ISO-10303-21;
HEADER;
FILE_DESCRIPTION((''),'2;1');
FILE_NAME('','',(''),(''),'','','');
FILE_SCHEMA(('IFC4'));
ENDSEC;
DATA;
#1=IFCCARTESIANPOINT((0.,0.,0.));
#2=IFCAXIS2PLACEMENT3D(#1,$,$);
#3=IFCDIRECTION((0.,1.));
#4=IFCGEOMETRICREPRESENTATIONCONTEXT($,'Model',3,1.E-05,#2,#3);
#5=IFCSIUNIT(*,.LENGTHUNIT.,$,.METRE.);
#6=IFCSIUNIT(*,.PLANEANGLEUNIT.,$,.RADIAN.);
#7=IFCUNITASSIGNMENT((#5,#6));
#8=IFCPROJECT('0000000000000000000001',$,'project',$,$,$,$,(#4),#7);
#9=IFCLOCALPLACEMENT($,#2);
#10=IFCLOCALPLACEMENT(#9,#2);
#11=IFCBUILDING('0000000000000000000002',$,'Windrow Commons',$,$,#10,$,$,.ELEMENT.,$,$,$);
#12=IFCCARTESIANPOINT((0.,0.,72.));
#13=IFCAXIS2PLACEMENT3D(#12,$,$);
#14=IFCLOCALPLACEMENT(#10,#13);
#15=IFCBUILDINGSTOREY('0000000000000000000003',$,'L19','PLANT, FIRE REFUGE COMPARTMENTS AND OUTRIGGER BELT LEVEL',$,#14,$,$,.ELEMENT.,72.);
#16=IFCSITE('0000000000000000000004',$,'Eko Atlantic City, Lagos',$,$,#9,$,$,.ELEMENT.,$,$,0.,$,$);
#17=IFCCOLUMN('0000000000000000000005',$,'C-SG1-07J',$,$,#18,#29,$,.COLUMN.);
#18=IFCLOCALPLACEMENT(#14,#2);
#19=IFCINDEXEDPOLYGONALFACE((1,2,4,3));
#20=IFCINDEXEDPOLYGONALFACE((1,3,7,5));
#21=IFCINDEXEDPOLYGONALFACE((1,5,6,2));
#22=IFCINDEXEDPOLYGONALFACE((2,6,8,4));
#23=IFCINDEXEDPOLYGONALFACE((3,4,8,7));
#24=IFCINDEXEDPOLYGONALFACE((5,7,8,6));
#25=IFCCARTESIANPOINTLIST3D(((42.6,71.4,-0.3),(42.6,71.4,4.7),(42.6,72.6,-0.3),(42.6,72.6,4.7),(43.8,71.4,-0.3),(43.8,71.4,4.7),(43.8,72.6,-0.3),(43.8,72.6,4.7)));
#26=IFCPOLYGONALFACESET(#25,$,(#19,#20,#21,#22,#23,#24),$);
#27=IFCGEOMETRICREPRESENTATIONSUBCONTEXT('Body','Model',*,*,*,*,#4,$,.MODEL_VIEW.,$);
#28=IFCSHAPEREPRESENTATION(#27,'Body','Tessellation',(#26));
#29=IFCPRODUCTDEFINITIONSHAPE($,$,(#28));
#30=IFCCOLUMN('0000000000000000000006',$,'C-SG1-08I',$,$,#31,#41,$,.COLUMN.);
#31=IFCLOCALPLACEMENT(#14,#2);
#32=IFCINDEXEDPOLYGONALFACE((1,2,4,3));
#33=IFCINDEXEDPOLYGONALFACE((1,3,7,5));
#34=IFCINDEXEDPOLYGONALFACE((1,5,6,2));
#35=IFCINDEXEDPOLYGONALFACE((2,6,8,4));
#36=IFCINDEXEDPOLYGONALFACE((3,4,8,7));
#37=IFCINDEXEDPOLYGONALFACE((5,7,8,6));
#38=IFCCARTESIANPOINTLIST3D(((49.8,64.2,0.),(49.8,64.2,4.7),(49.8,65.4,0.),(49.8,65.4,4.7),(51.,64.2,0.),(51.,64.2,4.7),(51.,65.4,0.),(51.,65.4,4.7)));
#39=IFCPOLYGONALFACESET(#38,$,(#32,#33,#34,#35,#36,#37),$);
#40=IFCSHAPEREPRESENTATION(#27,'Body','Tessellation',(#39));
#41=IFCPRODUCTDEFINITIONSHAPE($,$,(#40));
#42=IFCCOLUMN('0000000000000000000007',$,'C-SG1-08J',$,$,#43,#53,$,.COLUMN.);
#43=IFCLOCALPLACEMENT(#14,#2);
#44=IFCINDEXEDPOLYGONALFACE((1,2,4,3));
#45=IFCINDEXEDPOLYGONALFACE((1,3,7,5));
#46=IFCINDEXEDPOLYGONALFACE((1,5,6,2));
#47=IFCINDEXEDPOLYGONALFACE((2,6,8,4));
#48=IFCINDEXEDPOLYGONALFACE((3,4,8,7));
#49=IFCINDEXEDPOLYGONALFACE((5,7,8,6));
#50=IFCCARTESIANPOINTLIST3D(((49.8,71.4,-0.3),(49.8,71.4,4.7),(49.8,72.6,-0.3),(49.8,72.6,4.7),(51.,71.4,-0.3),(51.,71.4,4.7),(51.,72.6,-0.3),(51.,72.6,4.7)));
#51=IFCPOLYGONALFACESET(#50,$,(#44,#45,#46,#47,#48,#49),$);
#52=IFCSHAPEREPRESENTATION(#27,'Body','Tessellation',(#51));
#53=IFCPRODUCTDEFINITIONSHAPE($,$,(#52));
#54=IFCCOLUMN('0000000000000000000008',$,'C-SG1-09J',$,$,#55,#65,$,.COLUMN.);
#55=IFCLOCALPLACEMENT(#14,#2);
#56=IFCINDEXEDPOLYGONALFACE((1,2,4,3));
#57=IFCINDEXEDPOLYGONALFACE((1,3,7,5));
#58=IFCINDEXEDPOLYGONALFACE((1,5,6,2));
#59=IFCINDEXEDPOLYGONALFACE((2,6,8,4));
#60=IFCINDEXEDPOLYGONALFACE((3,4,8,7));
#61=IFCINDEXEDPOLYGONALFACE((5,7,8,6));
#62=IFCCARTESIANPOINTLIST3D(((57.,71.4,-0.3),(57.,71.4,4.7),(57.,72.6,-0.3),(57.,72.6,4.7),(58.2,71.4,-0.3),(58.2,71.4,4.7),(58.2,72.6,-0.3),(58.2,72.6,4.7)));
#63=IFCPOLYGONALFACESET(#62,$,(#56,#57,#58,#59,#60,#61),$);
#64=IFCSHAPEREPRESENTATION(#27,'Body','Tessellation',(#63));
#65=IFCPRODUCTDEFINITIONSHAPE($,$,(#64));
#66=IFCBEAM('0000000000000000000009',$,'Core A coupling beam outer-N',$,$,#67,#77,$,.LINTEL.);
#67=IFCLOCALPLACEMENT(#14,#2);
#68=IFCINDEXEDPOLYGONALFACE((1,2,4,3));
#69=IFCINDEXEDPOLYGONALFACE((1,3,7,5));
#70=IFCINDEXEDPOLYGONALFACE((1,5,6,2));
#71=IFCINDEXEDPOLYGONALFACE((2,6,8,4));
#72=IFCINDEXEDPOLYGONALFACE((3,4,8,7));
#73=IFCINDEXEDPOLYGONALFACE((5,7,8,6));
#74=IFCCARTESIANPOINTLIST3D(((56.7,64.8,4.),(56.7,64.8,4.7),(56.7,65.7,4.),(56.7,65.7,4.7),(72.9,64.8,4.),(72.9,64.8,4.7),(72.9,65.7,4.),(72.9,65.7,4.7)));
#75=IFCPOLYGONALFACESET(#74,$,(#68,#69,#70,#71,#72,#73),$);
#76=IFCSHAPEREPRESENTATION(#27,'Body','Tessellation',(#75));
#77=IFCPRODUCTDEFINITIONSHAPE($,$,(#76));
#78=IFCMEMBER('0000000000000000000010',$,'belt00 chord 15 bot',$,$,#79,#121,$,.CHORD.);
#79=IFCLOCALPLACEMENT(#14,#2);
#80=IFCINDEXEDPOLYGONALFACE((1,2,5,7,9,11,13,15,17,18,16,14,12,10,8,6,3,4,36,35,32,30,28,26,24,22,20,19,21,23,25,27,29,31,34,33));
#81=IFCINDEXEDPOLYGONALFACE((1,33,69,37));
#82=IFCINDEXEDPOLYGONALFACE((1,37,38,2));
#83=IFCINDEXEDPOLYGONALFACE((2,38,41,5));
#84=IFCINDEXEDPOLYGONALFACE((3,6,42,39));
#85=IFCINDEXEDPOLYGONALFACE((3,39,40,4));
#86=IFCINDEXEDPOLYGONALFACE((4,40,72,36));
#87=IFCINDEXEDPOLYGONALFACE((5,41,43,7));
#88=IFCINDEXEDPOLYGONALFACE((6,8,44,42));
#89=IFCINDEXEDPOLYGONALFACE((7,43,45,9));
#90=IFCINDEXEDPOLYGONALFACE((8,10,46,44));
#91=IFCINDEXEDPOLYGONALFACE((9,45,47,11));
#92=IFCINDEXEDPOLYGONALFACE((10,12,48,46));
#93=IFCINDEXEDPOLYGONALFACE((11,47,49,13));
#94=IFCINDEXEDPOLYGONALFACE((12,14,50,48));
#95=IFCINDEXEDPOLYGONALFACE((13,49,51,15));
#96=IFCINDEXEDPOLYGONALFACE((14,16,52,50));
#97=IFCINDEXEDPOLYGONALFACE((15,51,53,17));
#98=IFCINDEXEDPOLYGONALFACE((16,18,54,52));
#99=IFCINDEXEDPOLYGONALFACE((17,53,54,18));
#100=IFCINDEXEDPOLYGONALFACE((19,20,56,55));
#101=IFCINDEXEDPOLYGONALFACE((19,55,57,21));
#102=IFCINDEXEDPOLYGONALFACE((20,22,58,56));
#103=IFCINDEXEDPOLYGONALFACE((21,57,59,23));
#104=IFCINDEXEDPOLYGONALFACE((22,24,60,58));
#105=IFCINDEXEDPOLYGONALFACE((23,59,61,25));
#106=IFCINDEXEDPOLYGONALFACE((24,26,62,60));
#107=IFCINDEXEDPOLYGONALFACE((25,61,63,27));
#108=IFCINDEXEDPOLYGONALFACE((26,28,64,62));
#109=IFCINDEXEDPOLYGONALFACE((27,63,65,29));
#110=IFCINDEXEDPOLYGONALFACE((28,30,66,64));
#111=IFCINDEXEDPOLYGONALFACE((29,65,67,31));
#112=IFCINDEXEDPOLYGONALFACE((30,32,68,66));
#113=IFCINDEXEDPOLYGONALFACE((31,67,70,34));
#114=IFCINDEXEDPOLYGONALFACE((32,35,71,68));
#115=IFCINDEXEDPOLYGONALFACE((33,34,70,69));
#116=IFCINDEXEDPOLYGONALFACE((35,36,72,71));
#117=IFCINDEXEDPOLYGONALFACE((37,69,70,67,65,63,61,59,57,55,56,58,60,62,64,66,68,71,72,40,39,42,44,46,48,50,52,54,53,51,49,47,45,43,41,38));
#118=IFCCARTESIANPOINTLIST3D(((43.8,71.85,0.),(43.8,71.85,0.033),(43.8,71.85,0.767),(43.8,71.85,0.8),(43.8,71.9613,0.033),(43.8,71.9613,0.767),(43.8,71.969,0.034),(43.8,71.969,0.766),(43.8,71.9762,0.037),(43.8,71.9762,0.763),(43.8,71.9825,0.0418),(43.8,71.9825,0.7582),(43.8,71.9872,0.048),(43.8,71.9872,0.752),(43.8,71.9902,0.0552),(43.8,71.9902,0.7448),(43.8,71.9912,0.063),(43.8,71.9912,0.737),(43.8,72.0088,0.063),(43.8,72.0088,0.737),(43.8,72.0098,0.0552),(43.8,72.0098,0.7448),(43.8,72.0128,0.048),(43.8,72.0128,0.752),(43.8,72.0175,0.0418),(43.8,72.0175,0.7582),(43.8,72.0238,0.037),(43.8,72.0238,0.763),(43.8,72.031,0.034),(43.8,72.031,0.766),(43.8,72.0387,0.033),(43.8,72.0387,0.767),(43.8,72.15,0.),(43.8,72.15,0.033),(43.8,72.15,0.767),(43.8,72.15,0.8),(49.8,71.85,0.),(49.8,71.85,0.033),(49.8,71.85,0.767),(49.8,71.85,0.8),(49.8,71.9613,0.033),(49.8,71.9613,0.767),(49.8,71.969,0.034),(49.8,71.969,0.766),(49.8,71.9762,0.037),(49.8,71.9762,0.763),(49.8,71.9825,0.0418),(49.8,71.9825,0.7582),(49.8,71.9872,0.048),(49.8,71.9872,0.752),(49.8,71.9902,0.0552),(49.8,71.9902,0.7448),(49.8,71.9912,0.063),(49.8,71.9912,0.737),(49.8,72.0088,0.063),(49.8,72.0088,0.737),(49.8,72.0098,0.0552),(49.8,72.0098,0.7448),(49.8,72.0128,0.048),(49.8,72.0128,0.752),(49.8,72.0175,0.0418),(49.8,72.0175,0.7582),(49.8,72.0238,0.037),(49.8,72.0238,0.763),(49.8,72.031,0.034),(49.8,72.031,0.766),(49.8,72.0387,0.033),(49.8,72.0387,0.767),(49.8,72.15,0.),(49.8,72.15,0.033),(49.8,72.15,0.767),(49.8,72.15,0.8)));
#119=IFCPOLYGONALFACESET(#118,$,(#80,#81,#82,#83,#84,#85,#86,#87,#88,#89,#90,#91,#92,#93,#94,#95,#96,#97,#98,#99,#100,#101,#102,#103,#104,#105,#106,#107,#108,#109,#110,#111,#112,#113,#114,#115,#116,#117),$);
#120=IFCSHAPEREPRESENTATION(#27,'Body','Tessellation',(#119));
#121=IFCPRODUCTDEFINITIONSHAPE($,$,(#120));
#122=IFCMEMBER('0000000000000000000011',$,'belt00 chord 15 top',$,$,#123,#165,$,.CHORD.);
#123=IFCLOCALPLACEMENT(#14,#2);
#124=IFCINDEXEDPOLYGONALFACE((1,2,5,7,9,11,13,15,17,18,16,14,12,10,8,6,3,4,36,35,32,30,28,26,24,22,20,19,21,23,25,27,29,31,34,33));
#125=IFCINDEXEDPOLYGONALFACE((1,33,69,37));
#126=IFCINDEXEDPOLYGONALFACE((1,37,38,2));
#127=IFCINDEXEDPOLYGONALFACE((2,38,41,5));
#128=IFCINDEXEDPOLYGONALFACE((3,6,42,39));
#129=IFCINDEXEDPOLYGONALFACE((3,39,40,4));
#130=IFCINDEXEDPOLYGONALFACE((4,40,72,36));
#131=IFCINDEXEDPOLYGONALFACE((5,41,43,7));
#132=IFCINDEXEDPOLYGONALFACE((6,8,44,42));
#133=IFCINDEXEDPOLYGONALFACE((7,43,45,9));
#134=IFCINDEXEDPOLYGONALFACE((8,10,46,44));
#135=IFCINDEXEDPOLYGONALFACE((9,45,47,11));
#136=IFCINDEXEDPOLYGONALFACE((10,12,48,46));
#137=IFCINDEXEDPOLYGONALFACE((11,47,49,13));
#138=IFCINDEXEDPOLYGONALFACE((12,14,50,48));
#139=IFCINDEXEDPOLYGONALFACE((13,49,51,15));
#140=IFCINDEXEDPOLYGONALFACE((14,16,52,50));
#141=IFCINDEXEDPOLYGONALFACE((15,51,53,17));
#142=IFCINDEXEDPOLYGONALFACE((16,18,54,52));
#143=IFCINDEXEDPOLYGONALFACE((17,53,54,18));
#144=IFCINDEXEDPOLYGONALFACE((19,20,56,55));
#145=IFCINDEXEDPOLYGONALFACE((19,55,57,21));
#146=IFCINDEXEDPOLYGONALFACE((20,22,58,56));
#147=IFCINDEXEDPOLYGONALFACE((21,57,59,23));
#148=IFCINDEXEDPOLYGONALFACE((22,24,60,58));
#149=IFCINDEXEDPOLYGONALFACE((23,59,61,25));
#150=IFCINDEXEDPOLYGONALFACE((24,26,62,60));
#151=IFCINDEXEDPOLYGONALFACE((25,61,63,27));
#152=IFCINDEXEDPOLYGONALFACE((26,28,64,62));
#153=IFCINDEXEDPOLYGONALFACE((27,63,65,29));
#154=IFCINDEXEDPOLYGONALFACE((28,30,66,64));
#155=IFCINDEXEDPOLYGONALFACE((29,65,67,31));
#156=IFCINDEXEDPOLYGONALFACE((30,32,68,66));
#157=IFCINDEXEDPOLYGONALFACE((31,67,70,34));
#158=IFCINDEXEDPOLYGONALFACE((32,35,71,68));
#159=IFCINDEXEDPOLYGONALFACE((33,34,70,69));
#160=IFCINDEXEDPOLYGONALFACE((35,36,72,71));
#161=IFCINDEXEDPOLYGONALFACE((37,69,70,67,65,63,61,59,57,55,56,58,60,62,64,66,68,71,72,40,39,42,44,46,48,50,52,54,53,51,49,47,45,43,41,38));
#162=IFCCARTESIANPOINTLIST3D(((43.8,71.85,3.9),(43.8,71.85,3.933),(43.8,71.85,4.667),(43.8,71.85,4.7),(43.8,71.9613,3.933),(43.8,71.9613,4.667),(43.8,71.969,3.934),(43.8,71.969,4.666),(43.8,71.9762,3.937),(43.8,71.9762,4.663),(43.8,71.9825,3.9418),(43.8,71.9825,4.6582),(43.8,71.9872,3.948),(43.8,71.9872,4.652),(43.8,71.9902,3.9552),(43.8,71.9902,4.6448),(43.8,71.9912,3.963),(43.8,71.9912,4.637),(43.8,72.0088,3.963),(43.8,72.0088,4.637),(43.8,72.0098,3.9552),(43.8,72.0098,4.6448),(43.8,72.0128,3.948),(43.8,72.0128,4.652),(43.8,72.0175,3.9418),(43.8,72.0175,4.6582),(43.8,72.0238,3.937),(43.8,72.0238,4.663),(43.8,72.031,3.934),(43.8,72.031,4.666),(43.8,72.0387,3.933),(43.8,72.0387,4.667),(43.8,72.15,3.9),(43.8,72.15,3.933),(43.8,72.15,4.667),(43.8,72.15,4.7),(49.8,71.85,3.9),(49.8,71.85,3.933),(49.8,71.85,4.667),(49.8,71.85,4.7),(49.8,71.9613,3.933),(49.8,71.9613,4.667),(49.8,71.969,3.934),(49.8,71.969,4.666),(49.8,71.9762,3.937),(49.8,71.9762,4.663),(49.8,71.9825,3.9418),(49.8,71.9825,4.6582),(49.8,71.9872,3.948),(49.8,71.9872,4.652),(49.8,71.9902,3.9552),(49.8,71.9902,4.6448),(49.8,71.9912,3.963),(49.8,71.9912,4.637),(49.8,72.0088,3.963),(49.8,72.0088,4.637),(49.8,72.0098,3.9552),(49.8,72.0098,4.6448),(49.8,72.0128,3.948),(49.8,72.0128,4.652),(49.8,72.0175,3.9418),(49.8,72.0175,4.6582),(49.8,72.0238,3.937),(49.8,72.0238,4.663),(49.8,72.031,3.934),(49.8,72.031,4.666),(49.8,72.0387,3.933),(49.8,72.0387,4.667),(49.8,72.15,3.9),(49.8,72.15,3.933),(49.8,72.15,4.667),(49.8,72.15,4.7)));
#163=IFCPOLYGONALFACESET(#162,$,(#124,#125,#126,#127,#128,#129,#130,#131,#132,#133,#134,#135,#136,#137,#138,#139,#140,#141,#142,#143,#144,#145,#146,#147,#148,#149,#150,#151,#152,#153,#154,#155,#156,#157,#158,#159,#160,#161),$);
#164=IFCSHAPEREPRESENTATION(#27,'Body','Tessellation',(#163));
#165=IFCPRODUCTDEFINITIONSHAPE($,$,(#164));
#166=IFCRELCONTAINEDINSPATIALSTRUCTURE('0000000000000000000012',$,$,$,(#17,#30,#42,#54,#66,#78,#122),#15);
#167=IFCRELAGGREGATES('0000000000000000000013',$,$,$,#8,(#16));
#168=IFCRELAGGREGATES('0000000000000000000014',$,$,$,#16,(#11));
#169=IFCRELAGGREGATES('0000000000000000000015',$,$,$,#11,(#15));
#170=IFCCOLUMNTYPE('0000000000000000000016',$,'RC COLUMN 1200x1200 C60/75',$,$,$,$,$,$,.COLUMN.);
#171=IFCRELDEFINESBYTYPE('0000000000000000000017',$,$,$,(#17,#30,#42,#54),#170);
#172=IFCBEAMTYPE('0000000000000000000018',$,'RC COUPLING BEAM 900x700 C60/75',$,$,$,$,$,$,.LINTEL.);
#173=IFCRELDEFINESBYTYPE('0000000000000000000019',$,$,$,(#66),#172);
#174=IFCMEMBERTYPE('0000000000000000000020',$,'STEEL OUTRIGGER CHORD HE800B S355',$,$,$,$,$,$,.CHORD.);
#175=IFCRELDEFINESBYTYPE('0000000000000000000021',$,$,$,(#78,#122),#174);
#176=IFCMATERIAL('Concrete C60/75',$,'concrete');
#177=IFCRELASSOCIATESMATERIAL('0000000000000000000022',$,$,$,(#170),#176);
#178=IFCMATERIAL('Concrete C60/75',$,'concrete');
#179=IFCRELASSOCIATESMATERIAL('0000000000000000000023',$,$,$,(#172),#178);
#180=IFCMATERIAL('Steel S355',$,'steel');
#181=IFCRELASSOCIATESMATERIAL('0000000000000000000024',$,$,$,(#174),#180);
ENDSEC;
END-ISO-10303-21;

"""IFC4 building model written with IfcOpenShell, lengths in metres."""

from ifc_helpers import new_model, si_unit, direction, frame, origin, origin_2d, place, context, subcontext, project, spatial, rectangle, i_section, extrude, material, material_profile, profile_set, type_object, element, save


model = new_model("IFC4")

# Units and contexts
model_context = context("Model", 3, precision=1e-05, world=origin(), true_north=direction((0.0, 1.0)))
body_context = subcontext(model_context, "Body", "Model", "MODEL_VIEW")
ifc_project = project(units=[si_unit("LENGTHUNIT", "METRE"), si_unit("PLANEANGLEUNIT", "RADIAN")], contexts=[model_context])

# Site, building, storey
site_placement = place(None, origin())
site = spatial("IfcSite", under=ifc_project, at=site_placement, Name="Eko Atlantic City, Lagos", CompositionType="ELEMENT", RefElevation=0.0)
building_placement = place(site_placement, origin())
building = spatial("IfcBuilding", under=site, at=building_placement, Name="Windrow Commons", CompositionType="ELEMENT")
storey_placement = place(building_placement, frame((0.0, 0.0, 72.0)))
storey = spatial("IfcBuildingStorey", under=building, at=storey_placement, Name="L19", Description="PLANT, FIRE REFUGE COMPARTMENTS AND OUTRIGGER BELT LEVEL", CompositionType="ELEMENT", Elevation=72.0)

# Columns
ifc_material_1 = material(Name="Concrete C60/75", Category="concrete")
ifc_material_profile_1 = material_profile(ifc_material_1, rectangle(XDim=1.2, YDim=1.2, at=origin_2d()))
ifc_profile_set_1 = profile_set([ifc_material_profile_1], Name="Concrete C60/75")
column_type = type_object("IfcColumnType", Name="RC COLUMN 1200x1200 C60/75", PredefinedType="COLUMN", material=ifc_profile_set_1)
column_1_placement = place(storey_placement, frame((43.2, 72.0, -0.3), z_axis=(0.0, 0.0, 1.0), x_axis=(1.0, 0.0, 0.0)))
element("IfcColumn", 1, at=column_1_placement, inside=storey, type_object=column_type, Name="C-SG1-07J", PredefinedType="COLUMN", context=body_context, shape_type="SweptSolid", body=[
    extrude(rectangle(XDim=1.2, YDim=1.2, at=origin_2d()), origin(), (0.0, 0.0, 1.0), 5.0),
])
column_2_placement = place(storey_placement, frame((50.4, 64.8, 0.0), z_axis=(0.0, 0.0, 1.0), x_axis=(1.0, 0.0, 0.0)))
element("IfcColumn", 2, at=column_2_placement, inside=storey, type_object=column_type, Name="C-SG1-08I", PredefinedType="COLUMN", context=body_context, shape_type="SweptSolid", body=[
    extrude(rectangle(XDim=1.2, YDim=1.2, at=origin_2d()), origin(), (0.0, 0.0, 1.0), 4.7),
])
for number, where, z_axis, x_axis, name in (
    (3, (50.4, 72.0, -0.3), (0.0, 0.0, 1.0), (1.0, 0.0, 0.0), "C-SG1-08J"),
    (4, (57.6, 72.0, -0.3), (0.0, 0.0, 1.0), (1.0, 0.0, 0.0), "C-SG1-09J"),
):
    element("IfcColumn", number, at=place(storey_placement, frame(where, z_axis=z_axis, x_axis=x_axis)), inside=storey, type_object=column_type, Name=name, PredefinedType="COLUMN", context=body_context, shape_type="SweptSolid", body=[
        extrude(rectangle(XDim=1.2, YDim=1.2, at=origin_2d()), origin(), (0.0, 0.0, 1.0), 5.0),
    ])

# Beam
ifc_material_2 = material(Name="Concrete C60/75", Category="concrete")
ifc_material_profile_2 = material_profile(ifc_material_2, rectangle(XDim=0.9, YDim=0.7, at=origin_2d()))
ifc_profile_set_2 = profile_set([ifc_material_profile_2], Name="Concrete C60/75")
beam_type = type_object("IfcBeamType", Name="RC COUPLING BEAM 900x700 C60/75", PredefinedType="LINTEL", material=ifc_profile_set_2)
beam_placement = place(storey_placement, frame((56.7, 65.25, 4.35), z_axis=(1.0, 0.0, 0.0), x_axis=(0.0, 1.0, 0.0)))
element("IfcBeam", 5, at=beam_placement, inside=storey, type_object=beam_type, Name="Core A coupling beam outer-N", PredefinedType="LINTEL", context=body_context, shape_type="SweptSolid", body=[
    extrude(rectangle(XDim=0.9, YDim=0.7, at=origin_2d()), origin(), (0.0, 0.0, 1.0), 16.2),
])

# Members
ifc_material_3 = material(Name="Steel S355", Category="steel")
ifc_material_profile_3 = material_profile(ifc_material_3, i_section(OverallWidth=0.3, OverallDepth=0.8, WebThickness=0.0175, FlangeThickness=0.033, FilletRadius=0.03, at=origin_2d()))
ifc_profile_set_3 = profile_set([ifc_material_profile_3], Name="Steel S355")
member_type_1 = type_object("IfcMemberType", Name="STEEL OUTRIGGER CHORD HE800B S355", PredefinedType="CHORD", material=ifc_profile_set_3)
for number, where, z_axis, x_axis, name in (
    (6, (43.8, 72.0, 0.4), (1.0, 0.0, 0.0), (0.0, 1.0, 0.0), "belt00 chord 15 bot"),
    (7, (43.8, 72.0, 4.3), (1.0, 0.0, 0.0), (0.0, 1.0, 0.0), "belt00 chord 15 top"),
):
    element("IfcMember", number, at=place(storey_placement, frame(where, z_axis=z_axis, x_axis=x_axis)), inside=storey, type_object=member_type_1, Name=name, PredefinedType="CHORD", context=body_context, shape_type="SweptSolid", body=[
        extrude(i_section(OverallWidth=0.3, OverallDepth=0.8, WebThickness=0.0175, FlangeThickness=0.033, FilletRadius=0.03, at=origin_2d()), origin(), (0.0, 0.0, 1.0), 6.0),
    ])

save(model, "model.ifc")
